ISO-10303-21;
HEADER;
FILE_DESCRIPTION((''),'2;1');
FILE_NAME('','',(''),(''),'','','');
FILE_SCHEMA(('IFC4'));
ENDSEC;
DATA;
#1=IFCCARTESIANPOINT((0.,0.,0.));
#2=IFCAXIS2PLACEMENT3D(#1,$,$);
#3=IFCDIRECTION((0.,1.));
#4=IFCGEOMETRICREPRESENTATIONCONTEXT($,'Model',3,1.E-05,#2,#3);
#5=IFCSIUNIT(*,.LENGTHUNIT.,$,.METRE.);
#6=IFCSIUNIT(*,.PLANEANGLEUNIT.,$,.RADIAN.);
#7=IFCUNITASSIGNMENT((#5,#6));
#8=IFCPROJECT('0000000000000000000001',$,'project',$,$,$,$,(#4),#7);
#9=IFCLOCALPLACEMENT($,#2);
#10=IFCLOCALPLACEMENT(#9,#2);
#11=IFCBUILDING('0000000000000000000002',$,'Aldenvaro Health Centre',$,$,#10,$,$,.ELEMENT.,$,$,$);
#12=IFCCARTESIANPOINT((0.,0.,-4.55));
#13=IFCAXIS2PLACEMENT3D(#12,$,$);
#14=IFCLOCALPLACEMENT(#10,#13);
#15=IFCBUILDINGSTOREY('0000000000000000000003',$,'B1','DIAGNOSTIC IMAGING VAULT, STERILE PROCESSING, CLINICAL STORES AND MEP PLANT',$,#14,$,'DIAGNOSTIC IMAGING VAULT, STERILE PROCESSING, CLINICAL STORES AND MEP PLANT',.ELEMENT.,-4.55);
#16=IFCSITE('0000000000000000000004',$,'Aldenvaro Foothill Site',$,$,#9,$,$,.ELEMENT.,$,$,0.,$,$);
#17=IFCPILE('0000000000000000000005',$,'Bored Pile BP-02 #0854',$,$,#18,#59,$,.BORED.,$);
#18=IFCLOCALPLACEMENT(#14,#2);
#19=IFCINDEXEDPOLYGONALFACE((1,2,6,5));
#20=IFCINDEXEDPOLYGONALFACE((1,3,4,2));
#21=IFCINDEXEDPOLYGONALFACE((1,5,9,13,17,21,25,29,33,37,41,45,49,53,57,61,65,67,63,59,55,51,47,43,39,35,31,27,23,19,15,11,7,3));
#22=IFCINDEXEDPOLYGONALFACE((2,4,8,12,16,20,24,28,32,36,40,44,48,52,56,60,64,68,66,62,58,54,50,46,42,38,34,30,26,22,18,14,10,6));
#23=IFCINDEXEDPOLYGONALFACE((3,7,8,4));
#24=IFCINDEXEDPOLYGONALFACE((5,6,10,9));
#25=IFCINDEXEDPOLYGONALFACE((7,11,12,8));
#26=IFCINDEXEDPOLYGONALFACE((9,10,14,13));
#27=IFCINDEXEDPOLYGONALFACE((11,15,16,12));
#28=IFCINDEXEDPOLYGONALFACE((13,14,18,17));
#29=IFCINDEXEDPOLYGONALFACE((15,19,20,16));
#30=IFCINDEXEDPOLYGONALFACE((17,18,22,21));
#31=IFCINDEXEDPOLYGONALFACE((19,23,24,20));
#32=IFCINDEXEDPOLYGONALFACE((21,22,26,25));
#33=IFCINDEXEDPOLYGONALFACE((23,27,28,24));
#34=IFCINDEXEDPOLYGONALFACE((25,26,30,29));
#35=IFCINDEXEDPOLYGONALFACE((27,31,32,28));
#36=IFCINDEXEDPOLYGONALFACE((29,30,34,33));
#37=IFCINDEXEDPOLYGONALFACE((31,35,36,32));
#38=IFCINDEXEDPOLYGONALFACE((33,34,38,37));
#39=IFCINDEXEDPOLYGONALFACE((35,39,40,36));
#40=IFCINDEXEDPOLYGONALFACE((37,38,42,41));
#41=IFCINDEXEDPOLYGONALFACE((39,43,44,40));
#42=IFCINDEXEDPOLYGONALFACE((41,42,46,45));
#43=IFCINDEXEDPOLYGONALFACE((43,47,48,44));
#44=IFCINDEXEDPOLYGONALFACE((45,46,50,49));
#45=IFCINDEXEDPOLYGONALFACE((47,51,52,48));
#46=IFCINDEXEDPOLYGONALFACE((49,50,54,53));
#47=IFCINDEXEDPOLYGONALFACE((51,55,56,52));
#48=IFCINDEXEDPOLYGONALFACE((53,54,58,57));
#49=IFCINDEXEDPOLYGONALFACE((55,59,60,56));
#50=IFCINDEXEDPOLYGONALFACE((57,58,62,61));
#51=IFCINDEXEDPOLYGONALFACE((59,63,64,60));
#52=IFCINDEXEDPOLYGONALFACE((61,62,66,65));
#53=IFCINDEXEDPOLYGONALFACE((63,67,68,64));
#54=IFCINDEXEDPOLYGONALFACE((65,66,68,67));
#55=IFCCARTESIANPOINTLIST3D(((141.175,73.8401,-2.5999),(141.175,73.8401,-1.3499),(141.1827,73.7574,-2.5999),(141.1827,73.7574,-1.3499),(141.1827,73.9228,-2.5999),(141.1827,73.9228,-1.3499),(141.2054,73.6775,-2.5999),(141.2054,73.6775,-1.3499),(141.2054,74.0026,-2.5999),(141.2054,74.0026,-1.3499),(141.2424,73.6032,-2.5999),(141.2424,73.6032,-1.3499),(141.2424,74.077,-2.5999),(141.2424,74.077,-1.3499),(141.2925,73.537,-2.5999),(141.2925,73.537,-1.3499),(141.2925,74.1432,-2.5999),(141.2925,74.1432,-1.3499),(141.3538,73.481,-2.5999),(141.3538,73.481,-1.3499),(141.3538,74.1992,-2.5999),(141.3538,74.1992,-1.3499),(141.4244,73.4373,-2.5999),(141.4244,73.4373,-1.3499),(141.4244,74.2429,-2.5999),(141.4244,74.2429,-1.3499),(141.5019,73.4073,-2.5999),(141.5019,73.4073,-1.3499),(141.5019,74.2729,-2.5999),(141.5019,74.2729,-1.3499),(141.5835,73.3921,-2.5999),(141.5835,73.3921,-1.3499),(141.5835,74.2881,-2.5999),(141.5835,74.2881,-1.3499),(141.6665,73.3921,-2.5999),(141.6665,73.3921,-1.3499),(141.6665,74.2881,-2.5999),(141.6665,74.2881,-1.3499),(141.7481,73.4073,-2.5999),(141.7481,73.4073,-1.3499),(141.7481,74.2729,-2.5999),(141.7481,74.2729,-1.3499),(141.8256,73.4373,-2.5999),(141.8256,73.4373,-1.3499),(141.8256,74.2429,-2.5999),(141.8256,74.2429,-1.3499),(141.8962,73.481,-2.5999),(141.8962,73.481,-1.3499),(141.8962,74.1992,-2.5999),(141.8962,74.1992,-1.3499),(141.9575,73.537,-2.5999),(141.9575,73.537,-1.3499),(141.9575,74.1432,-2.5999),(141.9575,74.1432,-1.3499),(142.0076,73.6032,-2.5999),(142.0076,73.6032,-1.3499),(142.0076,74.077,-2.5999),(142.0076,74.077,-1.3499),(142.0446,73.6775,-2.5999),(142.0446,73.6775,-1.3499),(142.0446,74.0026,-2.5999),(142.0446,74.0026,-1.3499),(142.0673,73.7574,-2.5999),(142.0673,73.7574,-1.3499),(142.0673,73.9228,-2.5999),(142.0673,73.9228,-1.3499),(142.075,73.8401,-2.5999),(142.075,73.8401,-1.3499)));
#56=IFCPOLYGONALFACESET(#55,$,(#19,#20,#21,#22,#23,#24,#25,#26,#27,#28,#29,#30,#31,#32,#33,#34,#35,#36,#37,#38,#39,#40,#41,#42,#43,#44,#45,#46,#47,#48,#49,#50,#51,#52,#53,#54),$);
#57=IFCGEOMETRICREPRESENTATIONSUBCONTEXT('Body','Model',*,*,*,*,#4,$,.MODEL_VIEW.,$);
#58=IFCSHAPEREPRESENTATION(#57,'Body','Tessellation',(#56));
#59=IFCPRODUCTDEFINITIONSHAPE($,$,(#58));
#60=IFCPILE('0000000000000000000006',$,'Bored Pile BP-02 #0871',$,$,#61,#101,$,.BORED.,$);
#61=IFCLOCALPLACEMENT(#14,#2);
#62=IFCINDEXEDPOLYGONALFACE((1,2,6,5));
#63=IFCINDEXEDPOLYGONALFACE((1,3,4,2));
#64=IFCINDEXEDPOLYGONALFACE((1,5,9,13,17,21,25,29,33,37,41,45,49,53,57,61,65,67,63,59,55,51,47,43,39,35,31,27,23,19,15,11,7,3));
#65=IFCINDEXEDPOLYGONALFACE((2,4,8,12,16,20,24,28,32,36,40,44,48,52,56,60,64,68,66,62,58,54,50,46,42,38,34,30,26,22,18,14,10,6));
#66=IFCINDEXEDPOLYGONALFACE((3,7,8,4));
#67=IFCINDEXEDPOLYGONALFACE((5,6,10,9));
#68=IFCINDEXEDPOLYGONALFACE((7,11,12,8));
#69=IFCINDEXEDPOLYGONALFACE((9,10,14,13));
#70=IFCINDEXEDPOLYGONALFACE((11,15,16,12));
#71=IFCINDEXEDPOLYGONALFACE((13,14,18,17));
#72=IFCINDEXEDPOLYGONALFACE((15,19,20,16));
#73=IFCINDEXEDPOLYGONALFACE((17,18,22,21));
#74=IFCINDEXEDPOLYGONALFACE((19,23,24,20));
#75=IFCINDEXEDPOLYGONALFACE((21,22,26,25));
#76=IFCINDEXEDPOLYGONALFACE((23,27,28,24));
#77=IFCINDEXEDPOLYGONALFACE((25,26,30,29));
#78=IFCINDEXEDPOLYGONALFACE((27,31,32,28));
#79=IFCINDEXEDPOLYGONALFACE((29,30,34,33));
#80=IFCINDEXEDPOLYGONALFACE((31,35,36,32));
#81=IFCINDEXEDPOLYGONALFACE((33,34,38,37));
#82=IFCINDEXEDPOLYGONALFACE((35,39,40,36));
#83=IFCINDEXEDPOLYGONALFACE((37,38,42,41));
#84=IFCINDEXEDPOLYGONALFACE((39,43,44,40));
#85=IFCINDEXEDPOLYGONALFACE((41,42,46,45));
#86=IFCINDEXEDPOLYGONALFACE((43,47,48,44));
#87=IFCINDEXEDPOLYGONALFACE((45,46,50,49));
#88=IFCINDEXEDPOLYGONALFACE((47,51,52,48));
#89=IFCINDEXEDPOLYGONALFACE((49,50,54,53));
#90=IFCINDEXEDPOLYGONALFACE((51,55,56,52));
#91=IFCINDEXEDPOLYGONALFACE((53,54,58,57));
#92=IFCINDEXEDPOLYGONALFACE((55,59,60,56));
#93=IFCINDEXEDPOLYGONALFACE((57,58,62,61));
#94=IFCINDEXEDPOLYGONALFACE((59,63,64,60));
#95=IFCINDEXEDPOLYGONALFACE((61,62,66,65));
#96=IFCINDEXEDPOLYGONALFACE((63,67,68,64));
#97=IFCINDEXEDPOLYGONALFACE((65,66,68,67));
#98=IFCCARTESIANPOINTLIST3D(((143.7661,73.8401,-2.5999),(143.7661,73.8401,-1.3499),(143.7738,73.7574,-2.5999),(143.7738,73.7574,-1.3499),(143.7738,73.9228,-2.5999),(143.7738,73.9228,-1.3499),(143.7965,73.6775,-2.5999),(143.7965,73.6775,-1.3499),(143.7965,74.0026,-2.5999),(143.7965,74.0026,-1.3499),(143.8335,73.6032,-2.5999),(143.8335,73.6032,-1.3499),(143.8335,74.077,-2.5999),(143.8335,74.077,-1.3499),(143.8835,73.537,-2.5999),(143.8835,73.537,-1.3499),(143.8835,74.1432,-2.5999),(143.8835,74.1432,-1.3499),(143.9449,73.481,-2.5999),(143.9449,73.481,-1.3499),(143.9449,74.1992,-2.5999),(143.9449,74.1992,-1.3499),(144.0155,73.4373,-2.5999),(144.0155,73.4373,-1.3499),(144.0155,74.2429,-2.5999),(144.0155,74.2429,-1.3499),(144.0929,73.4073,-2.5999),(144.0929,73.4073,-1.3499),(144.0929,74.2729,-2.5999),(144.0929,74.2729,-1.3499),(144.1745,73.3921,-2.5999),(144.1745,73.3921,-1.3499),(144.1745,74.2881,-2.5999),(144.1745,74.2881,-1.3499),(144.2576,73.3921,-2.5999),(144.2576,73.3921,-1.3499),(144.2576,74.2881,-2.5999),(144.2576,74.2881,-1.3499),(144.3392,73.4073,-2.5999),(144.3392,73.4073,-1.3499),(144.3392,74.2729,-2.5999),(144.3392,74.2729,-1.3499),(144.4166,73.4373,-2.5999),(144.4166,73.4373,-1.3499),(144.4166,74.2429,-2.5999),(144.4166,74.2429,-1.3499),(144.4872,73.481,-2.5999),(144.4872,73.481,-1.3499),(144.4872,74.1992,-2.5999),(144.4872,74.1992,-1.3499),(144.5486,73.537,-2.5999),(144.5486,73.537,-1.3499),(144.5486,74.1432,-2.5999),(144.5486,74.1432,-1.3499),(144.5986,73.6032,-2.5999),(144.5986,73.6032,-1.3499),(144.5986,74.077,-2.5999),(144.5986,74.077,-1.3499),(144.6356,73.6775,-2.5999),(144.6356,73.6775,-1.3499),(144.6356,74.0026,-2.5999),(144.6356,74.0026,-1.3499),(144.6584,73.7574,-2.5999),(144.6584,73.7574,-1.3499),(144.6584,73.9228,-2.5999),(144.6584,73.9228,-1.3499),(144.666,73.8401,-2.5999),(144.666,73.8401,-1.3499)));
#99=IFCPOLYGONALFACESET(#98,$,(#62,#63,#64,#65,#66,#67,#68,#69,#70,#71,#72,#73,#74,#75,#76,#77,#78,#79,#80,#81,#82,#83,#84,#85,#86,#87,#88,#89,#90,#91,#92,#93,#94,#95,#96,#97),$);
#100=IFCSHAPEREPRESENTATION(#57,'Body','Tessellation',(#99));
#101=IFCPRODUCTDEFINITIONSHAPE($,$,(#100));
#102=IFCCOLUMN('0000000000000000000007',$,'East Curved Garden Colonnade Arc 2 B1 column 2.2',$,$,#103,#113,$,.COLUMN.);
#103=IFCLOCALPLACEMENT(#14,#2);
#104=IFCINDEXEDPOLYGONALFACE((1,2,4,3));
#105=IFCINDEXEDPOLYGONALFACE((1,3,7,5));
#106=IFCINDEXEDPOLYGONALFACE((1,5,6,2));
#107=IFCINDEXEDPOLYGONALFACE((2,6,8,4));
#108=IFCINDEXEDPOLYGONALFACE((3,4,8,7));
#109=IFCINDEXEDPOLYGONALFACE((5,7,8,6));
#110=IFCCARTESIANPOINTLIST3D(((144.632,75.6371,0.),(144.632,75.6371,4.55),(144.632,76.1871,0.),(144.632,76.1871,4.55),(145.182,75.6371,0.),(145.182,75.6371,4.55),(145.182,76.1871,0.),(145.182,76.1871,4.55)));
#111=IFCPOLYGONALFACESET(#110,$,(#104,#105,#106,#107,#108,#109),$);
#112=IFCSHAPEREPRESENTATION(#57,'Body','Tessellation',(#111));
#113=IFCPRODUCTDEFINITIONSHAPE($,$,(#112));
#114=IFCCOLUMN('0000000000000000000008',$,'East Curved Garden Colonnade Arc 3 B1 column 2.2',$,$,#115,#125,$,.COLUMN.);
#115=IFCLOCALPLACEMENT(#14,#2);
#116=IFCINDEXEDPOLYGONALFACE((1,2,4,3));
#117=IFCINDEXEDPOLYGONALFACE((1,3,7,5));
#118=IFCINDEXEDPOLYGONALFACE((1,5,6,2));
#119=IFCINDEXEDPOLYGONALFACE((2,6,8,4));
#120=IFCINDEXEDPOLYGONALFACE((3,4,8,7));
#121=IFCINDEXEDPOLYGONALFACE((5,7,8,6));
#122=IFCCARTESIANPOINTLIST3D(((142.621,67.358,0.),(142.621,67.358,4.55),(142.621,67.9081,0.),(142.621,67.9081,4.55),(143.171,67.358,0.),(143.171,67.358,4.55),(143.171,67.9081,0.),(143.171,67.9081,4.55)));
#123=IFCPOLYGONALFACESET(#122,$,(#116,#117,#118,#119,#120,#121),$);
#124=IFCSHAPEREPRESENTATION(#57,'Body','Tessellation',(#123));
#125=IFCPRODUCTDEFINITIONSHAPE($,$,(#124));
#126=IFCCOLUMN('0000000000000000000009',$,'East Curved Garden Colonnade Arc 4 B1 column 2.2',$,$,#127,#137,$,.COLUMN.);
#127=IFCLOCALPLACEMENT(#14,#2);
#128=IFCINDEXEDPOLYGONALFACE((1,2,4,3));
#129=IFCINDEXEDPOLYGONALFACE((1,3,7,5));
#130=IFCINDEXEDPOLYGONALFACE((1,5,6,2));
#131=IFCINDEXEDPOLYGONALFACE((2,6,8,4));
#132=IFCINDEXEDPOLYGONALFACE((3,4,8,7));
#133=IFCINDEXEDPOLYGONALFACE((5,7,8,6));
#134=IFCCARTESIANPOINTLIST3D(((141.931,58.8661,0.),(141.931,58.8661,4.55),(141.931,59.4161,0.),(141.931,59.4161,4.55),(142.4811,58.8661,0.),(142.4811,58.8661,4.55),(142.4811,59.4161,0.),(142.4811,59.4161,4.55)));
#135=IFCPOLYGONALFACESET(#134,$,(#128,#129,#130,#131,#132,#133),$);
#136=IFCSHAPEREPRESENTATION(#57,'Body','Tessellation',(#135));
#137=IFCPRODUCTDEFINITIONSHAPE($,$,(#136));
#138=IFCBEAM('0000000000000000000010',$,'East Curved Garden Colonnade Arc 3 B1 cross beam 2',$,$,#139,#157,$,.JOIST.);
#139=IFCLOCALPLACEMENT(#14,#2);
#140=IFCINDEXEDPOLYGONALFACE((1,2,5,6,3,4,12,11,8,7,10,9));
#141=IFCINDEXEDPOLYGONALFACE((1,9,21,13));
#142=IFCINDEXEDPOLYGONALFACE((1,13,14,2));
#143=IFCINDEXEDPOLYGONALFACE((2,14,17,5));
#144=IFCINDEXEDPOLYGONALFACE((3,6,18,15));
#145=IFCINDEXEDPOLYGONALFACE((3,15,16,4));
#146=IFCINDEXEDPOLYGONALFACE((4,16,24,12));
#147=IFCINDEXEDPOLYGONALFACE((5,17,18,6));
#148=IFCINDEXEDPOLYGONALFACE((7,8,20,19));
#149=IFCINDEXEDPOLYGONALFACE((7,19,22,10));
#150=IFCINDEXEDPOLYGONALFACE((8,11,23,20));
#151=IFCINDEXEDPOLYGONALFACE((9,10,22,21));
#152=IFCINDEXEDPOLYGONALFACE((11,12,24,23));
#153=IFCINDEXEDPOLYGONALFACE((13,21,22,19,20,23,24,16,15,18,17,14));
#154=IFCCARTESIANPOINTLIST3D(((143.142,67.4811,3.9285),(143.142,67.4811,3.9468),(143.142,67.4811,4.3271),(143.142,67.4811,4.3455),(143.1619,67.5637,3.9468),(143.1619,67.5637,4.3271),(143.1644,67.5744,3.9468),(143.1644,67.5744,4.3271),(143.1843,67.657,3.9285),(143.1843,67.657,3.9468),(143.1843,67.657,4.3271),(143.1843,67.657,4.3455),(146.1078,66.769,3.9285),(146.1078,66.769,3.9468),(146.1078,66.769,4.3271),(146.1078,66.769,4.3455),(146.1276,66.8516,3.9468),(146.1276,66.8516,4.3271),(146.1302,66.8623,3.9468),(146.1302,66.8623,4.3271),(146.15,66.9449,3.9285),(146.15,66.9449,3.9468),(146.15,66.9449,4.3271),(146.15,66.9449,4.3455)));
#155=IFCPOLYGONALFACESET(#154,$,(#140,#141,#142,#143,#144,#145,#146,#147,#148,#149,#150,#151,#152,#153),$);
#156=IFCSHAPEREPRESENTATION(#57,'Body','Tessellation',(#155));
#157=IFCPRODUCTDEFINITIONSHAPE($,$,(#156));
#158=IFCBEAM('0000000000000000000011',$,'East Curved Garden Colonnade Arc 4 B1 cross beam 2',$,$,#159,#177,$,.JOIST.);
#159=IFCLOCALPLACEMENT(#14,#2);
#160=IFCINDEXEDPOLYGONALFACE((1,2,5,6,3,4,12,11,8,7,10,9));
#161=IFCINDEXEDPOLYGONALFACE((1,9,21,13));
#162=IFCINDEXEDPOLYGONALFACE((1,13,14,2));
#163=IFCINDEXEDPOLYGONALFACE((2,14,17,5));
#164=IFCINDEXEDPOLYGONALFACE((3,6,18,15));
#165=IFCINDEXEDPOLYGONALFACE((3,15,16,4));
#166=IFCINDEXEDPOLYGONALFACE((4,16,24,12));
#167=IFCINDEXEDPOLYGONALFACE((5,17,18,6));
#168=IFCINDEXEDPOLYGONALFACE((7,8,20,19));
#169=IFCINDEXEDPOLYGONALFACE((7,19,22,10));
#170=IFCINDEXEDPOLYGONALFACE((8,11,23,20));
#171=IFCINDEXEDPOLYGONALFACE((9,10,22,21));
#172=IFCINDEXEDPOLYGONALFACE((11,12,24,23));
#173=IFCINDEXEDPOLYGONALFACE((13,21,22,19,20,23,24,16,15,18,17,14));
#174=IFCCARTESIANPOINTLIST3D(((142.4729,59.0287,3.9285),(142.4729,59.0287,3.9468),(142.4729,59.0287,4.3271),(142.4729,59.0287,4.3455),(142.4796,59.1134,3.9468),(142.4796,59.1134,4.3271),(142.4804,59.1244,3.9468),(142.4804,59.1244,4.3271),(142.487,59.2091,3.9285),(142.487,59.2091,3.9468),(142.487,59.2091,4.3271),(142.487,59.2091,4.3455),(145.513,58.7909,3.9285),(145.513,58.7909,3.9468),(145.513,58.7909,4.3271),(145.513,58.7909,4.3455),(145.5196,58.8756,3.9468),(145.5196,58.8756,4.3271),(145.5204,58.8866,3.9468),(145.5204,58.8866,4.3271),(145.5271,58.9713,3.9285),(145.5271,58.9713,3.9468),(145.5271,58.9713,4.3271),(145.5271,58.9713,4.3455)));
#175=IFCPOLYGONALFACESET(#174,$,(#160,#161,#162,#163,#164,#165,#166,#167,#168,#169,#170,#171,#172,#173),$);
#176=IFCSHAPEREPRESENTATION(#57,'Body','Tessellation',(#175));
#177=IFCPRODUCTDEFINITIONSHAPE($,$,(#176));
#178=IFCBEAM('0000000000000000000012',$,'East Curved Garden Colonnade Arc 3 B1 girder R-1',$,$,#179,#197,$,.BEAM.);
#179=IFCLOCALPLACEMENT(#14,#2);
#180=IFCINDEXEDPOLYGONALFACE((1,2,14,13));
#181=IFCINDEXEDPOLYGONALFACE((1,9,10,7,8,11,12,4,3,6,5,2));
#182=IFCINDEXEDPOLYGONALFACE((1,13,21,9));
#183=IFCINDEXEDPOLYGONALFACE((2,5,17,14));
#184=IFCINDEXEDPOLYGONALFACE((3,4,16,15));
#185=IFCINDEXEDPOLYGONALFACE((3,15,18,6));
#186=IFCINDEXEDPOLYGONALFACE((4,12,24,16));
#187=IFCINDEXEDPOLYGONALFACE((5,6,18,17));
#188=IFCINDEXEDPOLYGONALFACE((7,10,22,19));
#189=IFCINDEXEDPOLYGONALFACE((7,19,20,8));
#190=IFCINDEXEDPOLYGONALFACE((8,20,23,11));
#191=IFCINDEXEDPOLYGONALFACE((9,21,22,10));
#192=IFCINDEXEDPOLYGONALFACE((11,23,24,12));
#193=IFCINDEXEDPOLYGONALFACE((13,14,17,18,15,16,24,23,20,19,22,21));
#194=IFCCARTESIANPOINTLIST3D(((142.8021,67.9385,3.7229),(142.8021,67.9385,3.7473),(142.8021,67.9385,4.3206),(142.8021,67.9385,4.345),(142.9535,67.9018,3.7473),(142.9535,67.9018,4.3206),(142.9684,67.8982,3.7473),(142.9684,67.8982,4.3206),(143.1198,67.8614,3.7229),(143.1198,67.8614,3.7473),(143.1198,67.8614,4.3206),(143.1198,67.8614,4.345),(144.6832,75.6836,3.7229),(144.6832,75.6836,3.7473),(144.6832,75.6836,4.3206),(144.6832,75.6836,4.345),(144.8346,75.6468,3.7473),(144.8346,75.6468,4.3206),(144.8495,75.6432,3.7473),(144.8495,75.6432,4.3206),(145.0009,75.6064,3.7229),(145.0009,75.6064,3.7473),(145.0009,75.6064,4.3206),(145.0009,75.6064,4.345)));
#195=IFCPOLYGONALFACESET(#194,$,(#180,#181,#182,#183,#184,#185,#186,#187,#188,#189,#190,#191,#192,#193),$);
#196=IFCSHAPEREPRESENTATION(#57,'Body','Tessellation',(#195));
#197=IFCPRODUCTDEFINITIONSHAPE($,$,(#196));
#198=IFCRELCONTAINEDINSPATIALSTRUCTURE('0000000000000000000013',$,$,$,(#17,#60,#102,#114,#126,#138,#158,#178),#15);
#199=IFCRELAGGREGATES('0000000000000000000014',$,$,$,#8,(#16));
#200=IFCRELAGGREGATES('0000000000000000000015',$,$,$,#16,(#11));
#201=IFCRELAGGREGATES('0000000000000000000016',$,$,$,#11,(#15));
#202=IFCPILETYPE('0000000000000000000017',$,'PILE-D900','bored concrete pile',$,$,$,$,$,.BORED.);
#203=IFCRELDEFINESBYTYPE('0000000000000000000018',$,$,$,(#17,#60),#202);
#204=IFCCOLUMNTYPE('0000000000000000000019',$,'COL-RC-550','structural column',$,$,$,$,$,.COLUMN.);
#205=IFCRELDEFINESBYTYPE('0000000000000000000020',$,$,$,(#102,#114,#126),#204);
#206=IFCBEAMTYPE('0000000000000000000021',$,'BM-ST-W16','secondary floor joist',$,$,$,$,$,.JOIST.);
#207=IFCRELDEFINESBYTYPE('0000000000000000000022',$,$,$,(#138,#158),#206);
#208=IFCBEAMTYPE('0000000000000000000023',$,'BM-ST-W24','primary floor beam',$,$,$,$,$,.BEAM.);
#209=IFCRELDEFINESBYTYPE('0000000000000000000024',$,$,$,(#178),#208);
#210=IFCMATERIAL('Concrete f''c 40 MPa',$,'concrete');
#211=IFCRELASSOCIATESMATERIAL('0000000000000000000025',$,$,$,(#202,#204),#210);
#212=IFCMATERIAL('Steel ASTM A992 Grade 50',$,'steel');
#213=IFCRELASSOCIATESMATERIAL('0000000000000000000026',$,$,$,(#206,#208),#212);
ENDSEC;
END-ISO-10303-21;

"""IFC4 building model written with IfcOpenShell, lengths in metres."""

from ifc_helpers import new_model, si_unit, direction, frame, origin, origin_2d, place, context, subcontext, project, spatial, rectangle, circle, i_section, extrude, material, material_profile, profile_set, type_object, element, save


model = new_model("IFC4")

# Units and contexts
model_context = context("Model", 3, precision=1e-05, world=origin(), true_north=direction((0.0, 1.0)))
body_context = subcontext(model_context, "Body", "Model", "MODEL_VIEW")
ifc_project = project(units=[si_unit("LENGTHUNIT", "METRE"), si_unit("PLANEANGLEUNIT", "RADIAN")], contexts=[model_context])

# Site, building, storey
site_placement = place(None, origin())
site = spatial("IfcSite", under=ifc_project, at=site_placement, Name="Aldenvaro Foothill Site", CompositionType="ELEMENT", RefElevation=0.0)
building_placement = place(site_placement, origin())
building = spatial("IfcBuilding", under=site, at=building_placement, Name="Aldenvaro Health Centre", CompositionType="ELEMENT")
storey_placement = place(building_placement, frame((0.0, 0.0, -4.55)))
storey = spatial("IfcBuildingStorey", under=building, at=storey_placement, Name="B1", Description="DIAGNOSTIC IMAGING VAULT, STERILE PROCESSING, CLINICAL STORES AND MEP PLANT", LongName="DIAGNOSTIC IMAGING VAULT, STERILE PROCESSING, CLINICAL STORES AND MEP PLANT", CompositionType="ELEMENT", Elevation=-4.55)

# Shared definitions
ifc_material_1 = material(Name="Concrete f'c 40 MPa", Category="concrete")

# Piles
ifc_material_profile_1 = material_profile(ifc_material_1, circle(Radius=0.45, at=origin_2d()), Name="PILE D900", Category="concrete")
ifc_profile_set_1 = profile_set([ifc_material_profile_1], Name="Concrete f'c 40 MPa")
pile_type_1 = type_object("IfcPileType", Name="PILE-D900", Description="bored concrete pile", PredefinedType="BORED", material=ifc_profile_set_1)
for number, where, z_axis, x_axis, name in (
    (1, (141.625, 73.8401, -1.3499), (0.0, 0.0, -1.0), (1.0, 0.0, 0.0), "Bored Pile BP-02 #0854"),
    (2, (144.2161, 73.8401, -1.3499), (0.0, 0.0, -1.0), (1.0, 0.0, 0.0), "Bored Pile BP-02 #0871"),
):
    element("IfcPile", number, at=place(storey_placement, frame(where, z_axis=z_axis, x_axis=x_axis)), inside=storey, type_object=pile_type_1, Name=name, PredefinedType="BORED", context=body_context, shape_type="SweptSolid", body=[
        extrude(circle(Radius=0.45, at=origin_2d()), origin(), (0.0, 0.0, 1.0), 1.25),
    ])

# Columns
ifc_material_profile_2 = material_profile(ifc_material_1, rectangle(XDim=0.55, YDim=0.55, at=origin_2d()), Name="RC 550x550", Category="concrete")
ifc_profile_set_2 = profile_set([ifc_material_profile_2], Name="Concrete f'c 40 MPa")
column_type = type_object("IfcColumnType", Name="COL-RC-550", Description="structural column", PredefinedType="COLUMN", material=ifc_profile_set_2)
for number, where, z_axis, x_axis, name in (
    (3, (144.907, 75.9121, 0.0), (0.0, 0.0, 1.0), (1.0, 0.0, 0.0), "East Curved Garden Colonnade Arc 2 B1 column 2.2"),
    (4, (142.896, 67.6331, 0.0), (0.0, 0.0, 1.0), (1.0, 0.0, 0.0), "East Curved Garden Colonnade Arc 3 B1 column 2.2"),
    (5, (142.2061, 59.1411, 0.0), (0.0, 0.0, 1.0), (1.0, 0.0, 0.0), "East Curved Garden Colonnade Arc 4 B1 column 2.2"),
):
    element("IfcColumn", number, at=place(storey_placement, frame(where, z_axis=z_axis, x_axis=x_axis)), inside=storey, type_object=column_type, Name=name, PredefinedType="COLUMN", context=body_context, shape_type="SweptSolid", body=[
        extrude(rectangle(XDim=0.55, YDim=0.55, at=origin_2d()), origin(), (0.0, 0.0, 1.0), 4.55),
    ])

# Beams
ifc_material_2 = material(Name="Steel ASTM A992 Grade 50", Category="steel")
ifc_material_profile_3 = material_profile(ifc_material_2, i_section(OverallWidth=0.1809, OverallDepth=0.417, WebThickness=0.011, FlangeThickness=0.0183, at=origin_2d()), Name="W16X57", Category="steel")
ifc_profile_set_3 = profile_set([ifc_material_profile_3], Name="Steel ASTM A992 Grade 50")
beam_type_1 = type_object("IfcBeamType", Name="BM-ST-W16", Description="secondary floor joist", PredefinedType="JOIST", material=ifc_profile_set_3)
beam_1_placement = place(storey_placement, frame((146.1289, 66.8569, 4.137), z_axis=(-0.97236, 0.233485, 0.0), x_axis=(-0.233485, -0.97236, 0.0)))
element("IfcBeam", 6, at=beam_1_placement, inside=storey, type_object=beam_type_1, Name="East Curved Garden Colonnade Arc 3 B1 cross beam 2", PredefinedType="JOIST", context=body_context, shape_type="SweptSolid", body=[
    extrude(i_section(OverallWidth=0.1809, OverallDepth=0.417, WebThickness=0.011, FlangeThickness=0.0183, at=origin_2d()), origin(), (0.0, 0.0, 1.0), 3.05),
])
beam_2_placement = place(storey_placement, frame((145.52, 58.8811, 4.137), z_axis=(-0.996955, 0.077982, 0.0), x_axis=(-0.077982, -0.996955, 0.0)))
element("IfcBeam", 7, at=beam_2_placement, inside=storey, type_object=beam_type_1, Name="East Curved Garden Colonnade Arc 4 B1 cross beam 2", PredefinedType="JOIST", context=body_context, shape_type="SweptSolid", body=[
    extrude(i_section(OverallWidth=0.1809, OverallDepth=0.417, WebThickness=0.011, FlangeThickness=0.0183, at=origin_2d()), origin(), (0.0, 0.0, 1.0), 3.0493),
])
ifc_material_profile_4 = material_profile(ifc_material_2, i_section(OverallWidth=0.3269, OverallDepth=0.6221, WebThickness=0.0154, FlangeThickness=0.0244, at=origin_2d()), Name="W24X131", Category="steel")
ifc_profile_set_4 = profile_set([ifc_material_profile_4], Name="Steel ASTM A992 Grade 50")
beam_type_2 = type_object("IfcBeamType", Name="BM-ST-W24", Description="primary floor beam", PredefinedType="BEAM", material=ifc_profile_set_4)
beam_3_placement = place(storey_placement, frame((144.842, 75.645, 4.0339), z_axis=(-0.236015, -0.971749, 0.0), x_axis=(0.971749, -0.236015, 0.0)))
element("IfcBeam", 8, at=beam_3_placement, inside=storey, type_object=beam_type_2, Name="East Curved Garden Colonnade Arc 3 B1 girder R-1", PredefinedType="BEAM", context=body_context, shape_type="SweptSolid", body=[
    extrude(i_section(OverallWidth=0.3269, OverallDepth=0.6221, WebThickness=0.0154, FlangeThickness=0.0244, at=origin_2d()), origin(), (0.0, 0.0, 1.0), 7.9702),
])

save(model, "model.ifc")
